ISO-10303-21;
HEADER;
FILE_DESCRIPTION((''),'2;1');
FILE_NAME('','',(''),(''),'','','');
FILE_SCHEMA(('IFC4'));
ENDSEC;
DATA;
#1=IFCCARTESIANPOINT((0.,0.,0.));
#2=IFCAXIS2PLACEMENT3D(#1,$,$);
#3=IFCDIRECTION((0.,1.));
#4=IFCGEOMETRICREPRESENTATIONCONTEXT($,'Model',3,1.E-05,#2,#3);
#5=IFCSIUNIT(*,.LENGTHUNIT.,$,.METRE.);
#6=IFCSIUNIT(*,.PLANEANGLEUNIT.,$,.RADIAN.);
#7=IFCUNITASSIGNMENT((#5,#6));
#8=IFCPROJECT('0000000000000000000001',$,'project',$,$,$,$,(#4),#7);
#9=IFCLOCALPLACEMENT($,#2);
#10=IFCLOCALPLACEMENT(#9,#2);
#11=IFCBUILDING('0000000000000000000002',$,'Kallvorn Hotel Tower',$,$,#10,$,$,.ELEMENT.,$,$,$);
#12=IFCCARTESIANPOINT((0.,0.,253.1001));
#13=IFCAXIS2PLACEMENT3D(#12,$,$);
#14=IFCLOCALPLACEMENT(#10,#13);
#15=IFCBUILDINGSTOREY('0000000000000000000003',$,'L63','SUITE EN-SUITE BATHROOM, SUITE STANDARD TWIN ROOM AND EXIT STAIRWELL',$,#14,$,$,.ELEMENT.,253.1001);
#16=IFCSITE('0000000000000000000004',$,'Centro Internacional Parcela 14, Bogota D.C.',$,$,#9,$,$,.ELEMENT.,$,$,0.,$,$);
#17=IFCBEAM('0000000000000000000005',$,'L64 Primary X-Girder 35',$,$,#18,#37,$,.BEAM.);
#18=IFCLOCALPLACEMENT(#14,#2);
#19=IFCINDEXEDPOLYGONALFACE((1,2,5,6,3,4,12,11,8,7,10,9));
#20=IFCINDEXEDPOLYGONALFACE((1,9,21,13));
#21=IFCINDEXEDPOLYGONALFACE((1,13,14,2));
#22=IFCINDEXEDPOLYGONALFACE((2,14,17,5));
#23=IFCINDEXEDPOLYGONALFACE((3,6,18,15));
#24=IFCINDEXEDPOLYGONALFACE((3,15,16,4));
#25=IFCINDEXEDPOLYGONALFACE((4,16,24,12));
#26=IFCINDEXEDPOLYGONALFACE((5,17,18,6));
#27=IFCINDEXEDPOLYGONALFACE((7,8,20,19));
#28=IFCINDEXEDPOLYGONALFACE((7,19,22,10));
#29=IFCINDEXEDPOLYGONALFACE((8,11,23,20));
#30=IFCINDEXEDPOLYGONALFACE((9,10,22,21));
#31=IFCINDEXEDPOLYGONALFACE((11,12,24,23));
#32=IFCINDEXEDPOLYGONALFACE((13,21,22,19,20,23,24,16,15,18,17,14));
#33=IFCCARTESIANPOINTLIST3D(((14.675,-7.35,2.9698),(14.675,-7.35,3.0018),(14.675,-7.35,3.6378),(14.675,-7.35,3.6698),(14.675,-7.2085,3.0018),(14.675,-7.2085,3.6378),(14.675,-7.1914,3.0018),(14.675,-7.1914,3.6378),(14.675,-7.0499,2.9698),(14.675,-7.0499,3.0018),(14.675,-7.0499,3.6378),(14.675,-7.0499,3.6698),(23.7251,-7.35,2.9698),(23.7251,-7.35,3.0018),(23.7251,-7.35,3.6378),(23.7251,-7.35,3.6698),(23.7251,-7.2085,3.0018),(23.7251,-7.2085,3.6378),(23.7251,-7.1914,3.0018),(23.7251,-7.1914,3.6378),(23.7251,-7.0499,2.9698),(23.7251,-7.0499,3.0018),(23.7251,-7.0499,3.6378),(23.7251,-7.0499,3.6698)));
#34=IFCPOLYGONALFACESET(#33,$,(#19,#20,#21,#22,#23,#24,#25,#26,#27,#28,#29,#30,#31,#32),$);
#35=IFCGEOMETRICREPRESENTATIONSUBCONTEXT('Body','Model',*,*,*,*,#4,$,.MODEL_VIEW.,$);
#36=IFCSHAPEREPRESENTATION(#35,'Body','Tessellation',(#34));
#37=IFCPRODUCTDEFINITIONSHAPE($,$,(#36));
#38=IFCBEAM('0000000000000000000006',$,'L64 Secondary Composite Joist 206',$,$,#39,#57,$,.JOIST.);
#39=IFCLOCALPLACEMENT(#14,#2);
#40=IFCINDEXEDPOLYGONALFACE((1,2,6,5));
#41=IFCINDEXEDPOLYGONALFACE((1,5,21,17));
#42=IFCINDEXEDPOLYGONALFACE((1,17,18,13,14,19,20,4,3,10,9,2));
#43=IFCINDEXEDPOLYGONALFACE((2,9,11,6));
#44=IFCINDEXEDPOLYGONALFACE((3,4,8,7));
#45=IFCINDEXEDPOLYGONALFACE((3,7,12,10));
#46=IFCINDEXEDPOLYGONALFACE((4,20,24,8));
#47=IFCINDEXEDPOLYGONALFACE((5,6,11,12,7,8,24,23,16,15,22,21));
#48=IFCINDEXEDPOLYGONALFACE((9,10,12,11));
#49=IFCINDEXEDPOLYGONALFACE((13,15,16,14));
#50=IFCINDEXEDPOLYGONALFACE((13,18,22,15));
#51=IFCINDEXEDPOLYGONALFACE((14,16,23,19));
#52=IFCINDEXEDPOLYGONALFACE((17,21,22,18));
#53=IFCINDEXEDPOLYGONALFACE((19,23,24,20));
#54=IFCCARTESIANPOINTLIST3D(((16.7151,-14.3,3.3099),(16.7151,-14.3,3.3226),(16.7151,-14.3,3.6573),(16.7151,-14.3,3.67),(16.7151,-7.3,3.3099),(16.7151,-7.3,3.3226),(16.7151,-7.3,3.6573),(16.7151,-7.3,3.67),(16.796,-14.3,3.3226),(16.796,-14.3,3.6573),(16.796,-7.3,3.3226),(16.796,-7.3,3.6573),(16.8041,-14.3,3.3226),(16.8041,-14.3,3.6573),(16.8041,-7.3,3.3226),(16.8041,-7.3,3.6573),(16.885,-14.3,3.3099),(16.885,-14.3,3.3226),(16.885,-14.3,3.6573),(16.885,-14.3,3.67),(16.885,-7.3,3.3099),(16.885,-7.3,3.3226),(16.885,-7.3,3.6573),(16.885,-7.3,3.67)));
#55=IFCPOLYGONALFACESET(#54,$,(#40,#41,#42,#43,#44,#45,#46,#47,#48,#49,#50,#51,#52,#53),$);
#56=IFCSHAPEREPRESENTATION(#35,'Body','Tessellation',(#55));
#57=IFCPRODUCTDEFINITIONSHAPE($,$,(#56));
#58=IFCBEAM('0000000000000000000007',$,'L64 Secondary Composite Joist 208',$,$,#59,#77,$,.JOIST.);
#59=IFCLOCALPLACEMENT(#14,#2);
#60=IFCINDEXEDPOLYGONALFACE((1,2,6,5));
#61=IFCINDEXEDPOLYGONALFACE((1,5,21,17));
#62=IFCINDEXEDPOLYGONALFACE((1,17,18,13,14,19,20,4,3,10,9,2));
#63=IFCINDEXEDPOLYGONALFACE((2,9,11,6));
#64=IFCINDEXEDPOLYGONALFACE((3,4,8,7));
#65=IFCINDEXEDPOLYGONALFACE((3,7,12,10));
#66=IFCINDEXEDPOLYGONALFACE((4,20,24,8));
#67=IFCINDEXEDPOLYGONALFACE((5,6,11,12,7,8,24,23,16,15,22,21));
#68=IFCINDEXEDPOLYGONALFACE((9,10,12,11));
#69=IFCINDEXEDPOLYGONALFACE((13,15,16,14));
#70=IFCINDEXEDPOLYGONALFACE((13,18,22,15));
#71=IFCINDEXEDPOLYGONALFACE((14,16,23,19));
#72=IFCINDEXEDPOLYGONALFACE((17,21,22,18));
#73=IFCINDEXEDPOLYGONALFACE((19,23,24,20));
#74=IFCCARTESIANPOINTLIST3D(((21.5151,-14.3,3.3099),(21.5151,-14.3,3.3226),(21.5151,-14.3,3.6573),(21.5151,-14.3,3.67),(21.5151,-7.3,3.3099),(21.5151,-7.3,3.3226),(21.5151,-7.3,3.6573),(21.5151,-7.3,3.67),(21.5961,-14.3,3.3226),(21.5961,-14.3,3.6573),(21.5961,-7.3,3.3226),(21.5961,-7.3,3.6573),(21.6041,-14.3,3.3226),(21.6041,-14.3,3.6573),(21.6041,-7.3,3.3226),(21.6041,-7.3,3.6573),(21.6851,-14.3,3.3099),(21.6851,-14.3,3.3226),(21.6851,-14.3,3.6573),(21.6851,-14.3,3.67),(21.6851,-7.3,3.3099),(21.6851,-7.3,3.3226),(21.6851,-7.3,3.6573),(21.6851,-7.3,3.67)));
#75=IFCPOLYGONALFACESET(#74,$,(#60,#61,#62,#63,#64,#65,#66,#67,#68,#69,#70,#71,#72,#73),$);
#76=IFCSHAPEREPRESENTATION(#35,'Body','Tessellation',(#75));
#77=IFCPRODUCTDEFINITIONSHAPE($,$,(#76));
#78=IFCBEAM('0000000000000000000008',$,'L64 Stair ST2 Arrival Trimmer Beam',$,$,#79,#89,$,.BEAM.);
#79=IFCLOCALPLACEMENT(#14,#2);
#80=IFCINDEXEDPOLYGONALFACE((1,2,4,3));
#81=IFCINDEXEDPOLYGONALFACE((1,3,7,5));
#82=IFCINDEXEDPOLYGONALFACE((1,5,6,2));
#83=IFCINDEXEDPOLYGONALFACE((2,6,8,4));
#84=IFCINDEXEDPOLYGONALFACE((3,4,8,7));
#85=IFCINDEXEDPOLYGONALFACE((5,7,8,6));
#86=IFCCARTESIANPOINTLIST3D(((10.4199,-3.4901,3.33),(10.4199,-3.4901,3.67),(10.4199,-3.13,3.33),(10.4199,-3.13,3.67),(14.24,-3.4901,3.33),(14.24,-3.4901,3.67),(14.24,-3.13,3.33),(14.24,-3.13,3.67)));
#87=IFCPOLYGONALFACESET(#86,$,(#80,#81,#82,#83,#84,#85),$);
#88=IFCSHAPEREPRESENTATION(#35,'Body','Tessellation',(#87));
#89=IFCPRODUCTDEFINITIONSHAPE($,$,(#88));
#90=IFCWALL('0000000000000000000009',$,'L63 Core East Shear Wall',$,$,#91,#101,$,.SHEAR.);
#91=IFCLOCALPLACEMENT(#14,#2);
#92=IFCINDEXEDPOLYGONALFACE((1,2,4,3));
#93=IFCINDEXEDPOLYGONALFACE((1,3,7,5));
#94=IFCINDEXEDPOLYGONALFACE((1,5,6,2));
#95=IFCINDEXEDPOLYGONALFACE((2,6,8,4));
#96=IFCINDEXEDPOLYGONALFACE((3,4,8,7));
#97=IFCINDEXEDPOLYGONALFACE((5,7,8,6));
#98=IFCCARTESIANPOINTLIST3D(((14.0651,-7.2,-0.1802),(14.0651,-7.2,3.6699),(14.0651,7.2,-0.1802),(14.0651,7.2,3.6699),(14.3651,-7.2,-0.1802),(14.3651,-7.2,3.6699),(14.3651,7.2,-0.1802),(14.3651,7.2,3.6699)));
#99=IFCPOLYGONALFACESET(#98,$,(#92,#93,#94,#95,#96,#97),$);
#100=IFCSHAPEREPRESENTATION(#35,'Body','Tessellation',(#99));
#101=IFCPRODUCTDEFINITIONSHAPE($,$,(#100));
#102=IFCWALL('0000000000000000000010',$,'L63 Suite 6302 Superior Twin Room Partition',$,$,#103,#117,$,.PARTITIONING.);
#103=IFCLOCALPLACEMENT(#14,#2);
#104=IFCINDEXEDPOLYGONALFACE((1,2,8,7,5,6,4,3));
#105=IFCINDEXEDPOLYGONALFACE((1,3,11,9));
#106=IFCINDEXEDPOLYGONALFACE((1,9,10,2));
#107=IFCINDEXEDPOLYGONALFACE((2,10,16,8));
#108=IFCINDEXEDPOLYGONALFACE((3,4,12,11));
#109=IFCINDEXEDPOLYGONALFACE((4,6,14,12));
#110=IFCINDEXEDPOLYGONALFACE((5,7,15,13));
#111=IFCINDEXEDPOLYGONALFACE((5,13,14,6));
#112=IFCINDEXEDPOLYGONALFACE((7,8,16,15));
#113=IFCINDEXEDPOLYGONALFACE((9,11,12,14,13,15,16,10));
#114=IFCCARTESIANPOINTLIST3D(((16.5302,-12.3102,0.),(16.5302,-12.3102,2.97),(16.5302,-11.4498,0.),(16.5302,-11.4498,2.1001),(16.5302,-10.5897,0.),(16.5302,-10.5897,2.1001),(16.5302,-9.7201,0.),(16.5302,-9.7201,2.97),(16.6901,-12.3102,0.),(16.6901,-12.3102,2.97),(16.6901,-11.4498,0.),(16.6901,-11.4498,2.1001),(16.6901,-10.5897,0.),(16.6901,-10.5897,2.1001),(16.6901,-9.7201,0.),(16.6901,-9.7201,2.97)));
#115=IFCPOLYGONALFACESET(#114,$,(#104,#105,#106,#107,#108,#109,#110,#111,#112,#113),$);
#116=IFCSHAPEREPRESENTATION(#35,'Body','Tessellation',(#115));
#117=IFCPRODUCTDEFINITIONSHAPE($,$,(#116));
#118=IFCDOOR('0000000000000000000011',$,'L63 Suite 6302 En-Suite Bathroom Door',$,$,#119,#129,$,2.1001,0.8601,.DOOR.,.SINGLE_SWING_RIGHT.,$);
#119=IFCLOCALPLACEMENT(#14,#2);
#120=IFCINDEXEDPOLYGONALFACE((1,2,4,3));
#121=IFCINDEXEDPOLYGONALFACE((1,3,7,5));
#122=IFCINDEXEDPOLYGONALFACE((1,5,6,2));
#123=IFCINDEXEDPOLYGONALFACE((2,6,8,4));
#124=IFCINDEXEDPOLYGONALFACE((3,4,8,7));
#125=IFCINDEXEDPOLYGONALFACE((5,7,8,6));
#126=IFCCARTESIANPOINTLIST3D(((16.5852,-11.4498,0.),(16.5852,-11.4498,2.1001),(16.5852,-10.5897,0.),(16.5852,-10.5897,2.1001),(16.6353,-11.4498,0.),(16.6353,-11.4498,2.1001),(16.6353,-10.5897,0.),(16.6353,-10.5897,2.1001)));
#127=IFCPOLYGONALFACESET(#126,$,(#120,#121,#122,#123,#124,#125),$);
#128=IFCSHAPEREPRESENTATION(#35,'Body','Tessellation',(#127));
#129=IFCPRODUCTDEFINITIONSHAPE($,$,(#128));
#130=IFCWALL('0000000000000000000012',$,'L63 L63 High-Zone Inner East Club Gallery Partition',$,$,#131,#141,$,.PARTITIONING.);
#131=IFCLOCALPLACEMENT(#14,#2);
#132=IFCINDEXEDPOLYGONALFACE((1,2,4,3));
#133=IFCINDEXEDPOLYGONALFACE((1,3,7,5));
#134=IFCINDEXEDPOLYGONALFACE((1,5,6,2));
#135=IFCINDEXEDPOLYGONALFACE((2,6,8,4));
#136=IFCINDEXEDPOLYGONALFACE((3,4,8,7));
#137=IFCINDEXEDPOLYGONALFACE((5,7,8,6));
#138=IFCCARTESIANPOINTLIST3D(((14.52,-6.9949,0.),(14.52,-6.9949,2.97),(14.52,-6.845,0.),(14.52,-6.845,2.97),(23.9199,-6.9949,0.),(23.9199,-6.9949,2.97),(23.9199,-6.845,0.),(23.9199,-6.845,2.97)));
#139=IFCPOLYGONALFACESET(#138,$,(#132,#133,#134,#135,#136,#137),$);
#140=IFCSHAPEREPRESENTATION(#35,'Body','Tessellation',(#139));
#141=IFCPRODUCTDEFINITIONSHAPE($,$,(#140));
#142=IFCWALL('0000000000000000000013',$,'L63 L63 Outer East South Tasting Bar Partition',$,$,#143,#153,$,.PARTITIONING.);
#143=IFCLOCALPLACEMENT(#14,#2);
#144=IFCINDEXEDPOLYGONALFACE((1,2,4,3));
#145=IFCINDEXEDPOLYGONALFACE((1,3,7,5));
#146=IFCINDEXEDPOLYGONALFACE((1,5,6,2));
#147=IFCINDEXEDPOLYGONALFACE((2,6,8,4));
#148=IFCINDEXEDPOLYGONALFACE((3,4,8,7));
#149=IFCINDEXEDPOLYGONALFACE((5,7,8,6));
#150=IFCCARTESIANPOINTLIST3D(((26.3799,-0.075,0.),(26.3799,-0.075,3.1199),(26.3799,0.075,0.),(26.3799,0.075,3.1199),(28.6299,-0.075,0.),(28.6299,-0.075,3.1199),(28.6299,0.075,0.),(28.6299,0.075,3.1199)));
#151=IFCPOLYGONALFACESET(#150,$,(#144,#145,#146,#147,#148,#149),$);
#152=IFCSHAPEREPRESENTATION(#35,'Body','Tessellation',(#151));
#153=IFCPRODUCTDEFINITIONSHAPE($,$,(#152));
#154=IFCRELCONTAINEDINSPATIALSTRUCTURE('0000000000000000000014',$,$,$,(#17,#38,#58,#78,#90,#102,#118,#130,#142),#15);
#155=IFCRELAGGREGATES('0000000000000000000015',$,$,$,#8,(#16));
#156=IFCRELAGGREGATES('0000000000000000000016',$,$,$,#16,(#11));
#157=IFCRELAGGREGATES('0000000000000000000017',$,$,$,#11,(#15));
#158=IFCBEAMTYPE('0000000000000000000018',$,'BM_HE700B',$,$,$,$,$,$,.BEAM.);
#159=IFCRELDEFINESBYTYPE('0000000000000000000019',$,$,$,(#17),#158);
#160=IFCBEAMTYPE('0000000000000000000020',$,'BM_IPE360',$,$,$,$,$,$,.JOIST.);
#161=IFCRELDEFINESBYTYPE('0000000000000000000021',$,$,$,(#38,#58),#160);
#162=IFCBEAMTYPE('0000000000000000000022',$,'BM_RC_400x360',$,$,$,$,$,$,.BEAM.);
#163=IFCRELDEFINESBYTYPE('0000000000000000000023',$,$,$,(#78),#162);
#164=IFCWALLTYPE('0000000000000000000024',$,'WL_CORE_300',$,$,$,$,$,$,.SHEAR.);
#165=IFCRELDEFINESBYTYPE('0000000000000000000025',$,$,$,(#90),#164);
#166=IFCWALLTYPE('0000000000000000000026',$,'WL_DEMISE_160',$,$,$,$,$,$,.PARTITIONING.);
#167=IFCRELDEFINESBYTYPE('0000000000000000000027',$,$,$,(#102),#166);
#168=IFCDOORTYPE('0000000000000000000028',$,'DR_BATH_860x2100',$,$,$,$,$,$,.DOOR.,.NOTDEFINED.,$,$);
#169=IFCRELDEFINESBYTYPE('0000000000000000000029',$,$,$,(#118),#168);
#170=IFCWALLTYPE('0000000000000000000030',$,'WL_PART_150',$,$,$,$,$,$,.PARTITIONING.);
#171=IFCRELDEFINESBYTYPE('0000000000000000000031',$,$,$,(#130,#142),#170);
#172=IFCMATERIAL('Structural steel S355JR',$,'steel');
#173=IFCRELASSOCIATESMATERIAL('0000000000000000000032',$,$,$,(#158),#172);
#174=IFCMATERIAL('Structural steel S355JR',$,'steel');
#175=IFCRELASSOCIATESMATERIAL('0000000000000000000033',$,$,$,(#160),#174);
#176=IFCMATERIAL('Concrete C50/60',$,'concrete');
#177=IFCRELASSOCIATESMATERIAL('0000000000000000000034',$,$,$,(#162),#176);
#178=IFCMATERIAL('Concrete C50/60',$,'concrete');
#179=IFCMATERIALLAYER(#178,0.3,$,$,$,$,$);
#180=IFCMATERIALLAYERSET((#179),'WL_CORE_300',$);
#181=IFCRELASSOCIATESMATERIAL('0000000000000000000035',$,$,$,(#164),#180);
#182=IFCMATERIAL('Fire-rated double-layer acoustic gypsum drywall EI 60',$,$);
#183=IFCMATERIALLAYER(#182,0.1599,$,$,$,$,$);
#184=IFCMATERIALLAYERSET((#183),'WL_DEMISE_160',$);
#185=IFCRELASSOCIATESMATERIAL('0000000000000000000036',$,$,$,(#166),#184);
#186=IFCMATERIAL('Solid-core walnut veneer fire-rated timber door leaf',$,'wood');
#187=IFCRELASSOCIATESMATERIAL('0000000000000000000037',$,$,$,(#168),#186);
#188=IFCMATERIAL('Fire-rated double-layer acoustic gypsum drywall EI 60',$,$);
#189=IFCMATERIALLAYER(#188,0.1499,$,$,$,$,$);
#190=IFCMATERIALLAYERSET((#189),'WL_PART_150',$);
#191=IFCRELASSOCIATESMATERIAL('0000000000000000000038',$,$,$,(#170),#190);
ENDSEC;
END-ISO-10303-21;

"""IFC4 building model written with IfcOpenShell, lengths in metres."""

from ifc_helpers import new_model, si_unit, direction, frame, frame_2d, origin, origin_2d, place, context, subcontext, project, spatial, rectangle, i_section, extrude, material, layer, layer_set, material_profile, profile_set, type_object, element, fill, save


model = new_model("IFC4")

# Units and contexts
model_context = context("Model", 3, precision=1e-05, world=origin(), true_north=direction((0.0, 1.0)))
body_context = subcontext(model_context, "Body", "Model", "MODEL_VIEW")
ifc_project = project(units=[si_unit("LENGTHUNIT", "METRE"), si_unit("PLANEANGLEUNIT", "RADIAN")], contexts=[model_context])

# Site, building, storey
site_placement = place(None, origin())
site = spatial("IfcSite", under=ifc_project, at=site_placement, Name="Centro Internacional Parcela 14, Bogota D.C.", CompositionType="ELEMENT", RefElevation=0.0)
building_placement = place(site_placement, origin())
building = spatial("IfcBuilding", under=site, at=building_placement, Name="Kallvorn Hotel Tower", CompositionType="ELEMENT")
storey_placement = place(building_placement, frame((0.0, 0.0, 253.1001)))
storey = spatial("IfcBuildingStorey", under=building, at=storey_placement, Name="L63", Description="SUITE EN-SUITE BATHROOM, SUITE STANDARD TWIN ROOM AND EXIT STAIRWELL", CompositionType="ELEMENT", Elevation=253.1001)

# Beams
ifc_material_1 = material(Name="Structural steel S355JR", Category="steel")
ifc_material_profile_1 = material_profile(ifc_material_1, i_section(OverallWidth=0.3, OverallDepth=0.7, WebThickness=0.0171, FlangeThickness=0.032, at=origin_2d()), Name="HE 700 B")
ifc_profile_set_1 = profile_set([ifc_material_profile_1], Name="Structural steel S355JR")
beam_type_1 = type_object("IfcBeamType", Name="BM_HE700B", PredefinedType="BEAM", material=ifc_profile_set_1)
beam_1_placement = place(storey_placement, frame((14.675, -7.2, 3.3198), z_axis=(1.0, 0.0, 0.0), x_axis=(0.0, 1.0, 0.0)))
element("IfcBeam", 1, at=beam_1_placement, inside=storey, type_object=beam_type_1, Name="L64 Primary X-Girder 35", PredefinedType="BEAM", context=body_context, shape_type="SweptSolid", body=[
    extrude(i_section(OverallWidth=0.3, OverallDepth=0.7, WebThickness=0.0171, FlangeThickness=0.032, at=origin_2d()), origin(), (0.0, 0.0, 1.0), 9.05),
])
ifc_material_2 = material(Name="Structural steel S355JR", Category="steel")
ifc_material_profile_2 = material_profile(ifc_material_2, i_section(OverallWidth=0.1699, OverallDepth=0.3601, WebThickness=0.0081, FlangeThickness=0.0127, at=origin_2d()), Name="IPE 360")
ifc_profile_set_2 = profile_set([ifc_material_profile_2], Name="Structural steel S355JR")
beam_type_2 = type_object("IfcBeamType", Name="BM_IPE360", PredefinedType="JOIST", material=ifc_profile_set_2)
for number, where, z_axis, x_axis, name in (
    (2, (16.8, -14.3, 3.49), (0.0, 1.0, 0.0), (-1.0, 0.0, 0.0), "L64 Secondary Composite Joist 206"),
    (3, (21.6001, -14.3, 3.49), (0.0, 1.0, 0.0), (-1.0, 0.0, 0.0), "L64 Secondary Composite Joist 208"),
):
    element("IfcBeam", number, at=place(storey_placement, frame(where, z_axis=z_axis, x_axis=x_axis)), inside=storey, type_object=beam_type_2, Name=name, PredefinedType="JOIST", context=body_context, shape_type="SweptSolid", body=[
        extrude(i_section(OverallWidth=0.1699, OverallDepth=0.3601, WebThickness=0.0081, FlangeThickness=0.0127, at=origin_2d()), origin(), (0.0, 0.0, 1.0), 7.0),
    ])
ifc_material_3 = material(Name="Concrete C50/60", Category="concrete")
ifc_material_profile_3 = material_profile(ifc_material_3, rectangle(XDim=0.3601, YDim=0.3401, at=origin_2d()), Name="RC 360x340")
ifc_profile_set_3 = profile_set([ifc_material_profile_3], Name="Concrete C50/60")
beam_type_3 = type_object("IfcBeamType", Name="BM_RC_400x360", PredefinedType="BEAM", material=ifc_profile_set_3)
beam_2_placement = place(storey_placement, frame((14.24, -3.3101, 3.5), z_axis=(-1.0, 0.0, 0.0), x_axis=(0.0, -1.0, 0.0)))
element("IfcBeam", 4, at=beam_2_placement, inside=storey, type_object=beam_type_3, Name="L64 Stair ST2 Arrival Trimmer Beam", PredefinedType="BEAM", context=body_context, shape_type="SweptSolid", body=[
    extrude(rectangle(XDim=0.3601, YDim=0.3401, at=origin_2d()), origin(), (0.0, 0.0, 1.0), 3.8201),
])

# Wall
ifc_material_4 = material(Name="Concrete C50/60", Category="concrete")
ifc_layer_1 = layer(ifc_material_4, 0.3)
ifc_layer_set_1 = layer_set([ifc_layer_1], Name="WL_CORE_300")
wall_type_1 = type_object("IfcWallType", Name="WL_CORE_300", PredefinedType="SHEAR", material=ifc_layer_set_1)
wall_1_placement = place(storey_placement, frame((14.2151, -7.2, -0.1802), z_axis=(0.0, 0.0, 1.0), x_axis=(0.0, 1.0, 0.0)))
element("IfcWall", 5, at=wall_1_placement, inside=storey, type_object=wall_type_1, Name="L63 Core East Shear Wall", PredefinedType="SHEAR", context=body_context, shape_type="SweptSolid", body=[
    extrude(rectangle(XDim=14.3999, YDim=0.3, at=frame_2d((7.2, 0.0))), origin(), (0.0, 0.0, 1.0), 3.8501),
])

# Wall, opening, door
ifc_material_5 = material(Name="Fire-rated double-layer acoustic gypsum drywall EI 60")
ifc_layer_2 = layer(ifc_material_5, 0.1599)
ifc_layer_set_2 = layer_set([ifc_layer_2], Name="WL_DEMISE_160")
wall_type_2 = type_object("IfcWallType", Name="WL_DEMISE_160", PredefinedType="PARTITIONING", material=ifc_layer_set_2)
wall_2_placement = place(storey_placement, frame((16.6101, -12.3101, 0.0), z_axis=(0.0, 0.0, 1.0), x_axis=(0.0, 1.0, 0.0)))
wall_2 = element("IfcWall", 6, at=wall_2_placement, inside=storey, type_object=wall_type_2, Name="L63 Suite 6302 Superior Twin Room Partition", PredefinedType="PARTITIONING", context=body_context, shape_type="SweptSolid", body=[
    extrude(rectangle(XDim=2.5901, YDim=0.1599, at=frame_2d((1.2949, 0.0))), origin(), (0.0, 0.0, 1.0), 2.97),
])
opening_1_placement = place(wall_2_placement, frame((0.8601, 0.0, 0.0)))
opening_1 = element("IfcOpeningElement", 7, at=opening_1_placement, cuts=wall_2, PredefinedType="OPENING", context=body_context, shape_type="SweptSolid", body=[
    extrude(rectangle(XDim=0.8601, YDim=2.1001, at=frame_2d((0.4302, 1.05))), frame((0.0, 0.095, 0.0), z_axis=(0.0, -1.0, 0.0), x_axis=(1.0, 0.0, 0.0)), (0.0, 0.0, 1.0), 0.1899),
])
ifc_material_6 = material(Name="Solid-core walnut veneer fire-rated timber door leaf", Category="wood")
door_type_1 = type_object("IfcDoorType", Name="DR_BATH_860x2100", OperationType="NOTDEFINED", PredefinedType="DOOR", material=ifc_material_6)
door_1_placement = place(opening_1_placement, origin())
door_1 = element("IfcDoor", 8, at=door_1_placement, inside=storey, type_object=door_type_1, Name="L63 Suite 6302 En-Suite Bathroom Door", OperationType="SINGLE_SWING_RIGHT", OverallHeight=2.1001, OverallWidth=0.8601, PredefinedType="DOOR", context=body_context, shape_type="SweptSolid", body=[
    extrude(rectangle(XDim=0.8601, YDim=2.1001, at=frame_2d((0.4302, 1.05))), frame((0.0, 0.0249, 0.0), z_axis=(0.0, -1.0, 0.0), x_axis=(1.0, 0.0, 0.0)), (0.0, 0.0, 1.0), 0.05),
])
fill(opening_1, door_1)

# Walls
ifc_material_7 = material(Name="Fire-rated double-layer acoustic gypsum drywall EI 60")
ifc_layer_3 = layer(ifc_material_7, 0.1499)
ifc_layer_set_3 = layer_set([ifc_layer_3], Name="WL_PART_150")
wall_type_3 = type_object("IfcWallType", Name="WL_PART_150", PredefinedType="PARTITIONING", material=ifc_layer_set_3)
wall_3_placement = place(storey_placement, frame((14.52, -6.9199, 0.0), z_axis=(0.0, 0.0, 1.0), x_axis=(1.0, 0.0, 0.0)))
element("IfcWall", 9, at=wall_3_placement, inside=storey, type_object=wall_type_3, Name="L63 L63 High-Zone Inner East Club Gallery Partition", PredefinedType="PARTITIONING", context=body_context, shape_type="SweptSolid", body=[
    extrude(rectangle(XDim=9.3999, YDim=0.1499, at=frame_2d((4.7, 0.0))), origin(), (0.0, 0.0, 1.0), 2.97),
])
wall_4_placement = place(storey_placement, frame((26.3799, 0.0, 0.0), z_axis=(0.0, 0.0, 1.0), x_axis=(1.0, 0.0, 0.0)))
element("IfcWall", 10, at=wall_4_placement, inside=storey, type_object=wall_type_3, Name="L63 L63 Outer East South Tasting Bar Partition", PredefinedType="PARTITIONING", context=body_context, shape_type="SweptSolid", body=[
    extrude(rectangle(XDim=2.25, YDim=0.1499, at=frame_2d((1.125, 0.0))), origin(), (0.0, 0.0, 1.0), 3.1199),
])

save(model, "model.ifc")
